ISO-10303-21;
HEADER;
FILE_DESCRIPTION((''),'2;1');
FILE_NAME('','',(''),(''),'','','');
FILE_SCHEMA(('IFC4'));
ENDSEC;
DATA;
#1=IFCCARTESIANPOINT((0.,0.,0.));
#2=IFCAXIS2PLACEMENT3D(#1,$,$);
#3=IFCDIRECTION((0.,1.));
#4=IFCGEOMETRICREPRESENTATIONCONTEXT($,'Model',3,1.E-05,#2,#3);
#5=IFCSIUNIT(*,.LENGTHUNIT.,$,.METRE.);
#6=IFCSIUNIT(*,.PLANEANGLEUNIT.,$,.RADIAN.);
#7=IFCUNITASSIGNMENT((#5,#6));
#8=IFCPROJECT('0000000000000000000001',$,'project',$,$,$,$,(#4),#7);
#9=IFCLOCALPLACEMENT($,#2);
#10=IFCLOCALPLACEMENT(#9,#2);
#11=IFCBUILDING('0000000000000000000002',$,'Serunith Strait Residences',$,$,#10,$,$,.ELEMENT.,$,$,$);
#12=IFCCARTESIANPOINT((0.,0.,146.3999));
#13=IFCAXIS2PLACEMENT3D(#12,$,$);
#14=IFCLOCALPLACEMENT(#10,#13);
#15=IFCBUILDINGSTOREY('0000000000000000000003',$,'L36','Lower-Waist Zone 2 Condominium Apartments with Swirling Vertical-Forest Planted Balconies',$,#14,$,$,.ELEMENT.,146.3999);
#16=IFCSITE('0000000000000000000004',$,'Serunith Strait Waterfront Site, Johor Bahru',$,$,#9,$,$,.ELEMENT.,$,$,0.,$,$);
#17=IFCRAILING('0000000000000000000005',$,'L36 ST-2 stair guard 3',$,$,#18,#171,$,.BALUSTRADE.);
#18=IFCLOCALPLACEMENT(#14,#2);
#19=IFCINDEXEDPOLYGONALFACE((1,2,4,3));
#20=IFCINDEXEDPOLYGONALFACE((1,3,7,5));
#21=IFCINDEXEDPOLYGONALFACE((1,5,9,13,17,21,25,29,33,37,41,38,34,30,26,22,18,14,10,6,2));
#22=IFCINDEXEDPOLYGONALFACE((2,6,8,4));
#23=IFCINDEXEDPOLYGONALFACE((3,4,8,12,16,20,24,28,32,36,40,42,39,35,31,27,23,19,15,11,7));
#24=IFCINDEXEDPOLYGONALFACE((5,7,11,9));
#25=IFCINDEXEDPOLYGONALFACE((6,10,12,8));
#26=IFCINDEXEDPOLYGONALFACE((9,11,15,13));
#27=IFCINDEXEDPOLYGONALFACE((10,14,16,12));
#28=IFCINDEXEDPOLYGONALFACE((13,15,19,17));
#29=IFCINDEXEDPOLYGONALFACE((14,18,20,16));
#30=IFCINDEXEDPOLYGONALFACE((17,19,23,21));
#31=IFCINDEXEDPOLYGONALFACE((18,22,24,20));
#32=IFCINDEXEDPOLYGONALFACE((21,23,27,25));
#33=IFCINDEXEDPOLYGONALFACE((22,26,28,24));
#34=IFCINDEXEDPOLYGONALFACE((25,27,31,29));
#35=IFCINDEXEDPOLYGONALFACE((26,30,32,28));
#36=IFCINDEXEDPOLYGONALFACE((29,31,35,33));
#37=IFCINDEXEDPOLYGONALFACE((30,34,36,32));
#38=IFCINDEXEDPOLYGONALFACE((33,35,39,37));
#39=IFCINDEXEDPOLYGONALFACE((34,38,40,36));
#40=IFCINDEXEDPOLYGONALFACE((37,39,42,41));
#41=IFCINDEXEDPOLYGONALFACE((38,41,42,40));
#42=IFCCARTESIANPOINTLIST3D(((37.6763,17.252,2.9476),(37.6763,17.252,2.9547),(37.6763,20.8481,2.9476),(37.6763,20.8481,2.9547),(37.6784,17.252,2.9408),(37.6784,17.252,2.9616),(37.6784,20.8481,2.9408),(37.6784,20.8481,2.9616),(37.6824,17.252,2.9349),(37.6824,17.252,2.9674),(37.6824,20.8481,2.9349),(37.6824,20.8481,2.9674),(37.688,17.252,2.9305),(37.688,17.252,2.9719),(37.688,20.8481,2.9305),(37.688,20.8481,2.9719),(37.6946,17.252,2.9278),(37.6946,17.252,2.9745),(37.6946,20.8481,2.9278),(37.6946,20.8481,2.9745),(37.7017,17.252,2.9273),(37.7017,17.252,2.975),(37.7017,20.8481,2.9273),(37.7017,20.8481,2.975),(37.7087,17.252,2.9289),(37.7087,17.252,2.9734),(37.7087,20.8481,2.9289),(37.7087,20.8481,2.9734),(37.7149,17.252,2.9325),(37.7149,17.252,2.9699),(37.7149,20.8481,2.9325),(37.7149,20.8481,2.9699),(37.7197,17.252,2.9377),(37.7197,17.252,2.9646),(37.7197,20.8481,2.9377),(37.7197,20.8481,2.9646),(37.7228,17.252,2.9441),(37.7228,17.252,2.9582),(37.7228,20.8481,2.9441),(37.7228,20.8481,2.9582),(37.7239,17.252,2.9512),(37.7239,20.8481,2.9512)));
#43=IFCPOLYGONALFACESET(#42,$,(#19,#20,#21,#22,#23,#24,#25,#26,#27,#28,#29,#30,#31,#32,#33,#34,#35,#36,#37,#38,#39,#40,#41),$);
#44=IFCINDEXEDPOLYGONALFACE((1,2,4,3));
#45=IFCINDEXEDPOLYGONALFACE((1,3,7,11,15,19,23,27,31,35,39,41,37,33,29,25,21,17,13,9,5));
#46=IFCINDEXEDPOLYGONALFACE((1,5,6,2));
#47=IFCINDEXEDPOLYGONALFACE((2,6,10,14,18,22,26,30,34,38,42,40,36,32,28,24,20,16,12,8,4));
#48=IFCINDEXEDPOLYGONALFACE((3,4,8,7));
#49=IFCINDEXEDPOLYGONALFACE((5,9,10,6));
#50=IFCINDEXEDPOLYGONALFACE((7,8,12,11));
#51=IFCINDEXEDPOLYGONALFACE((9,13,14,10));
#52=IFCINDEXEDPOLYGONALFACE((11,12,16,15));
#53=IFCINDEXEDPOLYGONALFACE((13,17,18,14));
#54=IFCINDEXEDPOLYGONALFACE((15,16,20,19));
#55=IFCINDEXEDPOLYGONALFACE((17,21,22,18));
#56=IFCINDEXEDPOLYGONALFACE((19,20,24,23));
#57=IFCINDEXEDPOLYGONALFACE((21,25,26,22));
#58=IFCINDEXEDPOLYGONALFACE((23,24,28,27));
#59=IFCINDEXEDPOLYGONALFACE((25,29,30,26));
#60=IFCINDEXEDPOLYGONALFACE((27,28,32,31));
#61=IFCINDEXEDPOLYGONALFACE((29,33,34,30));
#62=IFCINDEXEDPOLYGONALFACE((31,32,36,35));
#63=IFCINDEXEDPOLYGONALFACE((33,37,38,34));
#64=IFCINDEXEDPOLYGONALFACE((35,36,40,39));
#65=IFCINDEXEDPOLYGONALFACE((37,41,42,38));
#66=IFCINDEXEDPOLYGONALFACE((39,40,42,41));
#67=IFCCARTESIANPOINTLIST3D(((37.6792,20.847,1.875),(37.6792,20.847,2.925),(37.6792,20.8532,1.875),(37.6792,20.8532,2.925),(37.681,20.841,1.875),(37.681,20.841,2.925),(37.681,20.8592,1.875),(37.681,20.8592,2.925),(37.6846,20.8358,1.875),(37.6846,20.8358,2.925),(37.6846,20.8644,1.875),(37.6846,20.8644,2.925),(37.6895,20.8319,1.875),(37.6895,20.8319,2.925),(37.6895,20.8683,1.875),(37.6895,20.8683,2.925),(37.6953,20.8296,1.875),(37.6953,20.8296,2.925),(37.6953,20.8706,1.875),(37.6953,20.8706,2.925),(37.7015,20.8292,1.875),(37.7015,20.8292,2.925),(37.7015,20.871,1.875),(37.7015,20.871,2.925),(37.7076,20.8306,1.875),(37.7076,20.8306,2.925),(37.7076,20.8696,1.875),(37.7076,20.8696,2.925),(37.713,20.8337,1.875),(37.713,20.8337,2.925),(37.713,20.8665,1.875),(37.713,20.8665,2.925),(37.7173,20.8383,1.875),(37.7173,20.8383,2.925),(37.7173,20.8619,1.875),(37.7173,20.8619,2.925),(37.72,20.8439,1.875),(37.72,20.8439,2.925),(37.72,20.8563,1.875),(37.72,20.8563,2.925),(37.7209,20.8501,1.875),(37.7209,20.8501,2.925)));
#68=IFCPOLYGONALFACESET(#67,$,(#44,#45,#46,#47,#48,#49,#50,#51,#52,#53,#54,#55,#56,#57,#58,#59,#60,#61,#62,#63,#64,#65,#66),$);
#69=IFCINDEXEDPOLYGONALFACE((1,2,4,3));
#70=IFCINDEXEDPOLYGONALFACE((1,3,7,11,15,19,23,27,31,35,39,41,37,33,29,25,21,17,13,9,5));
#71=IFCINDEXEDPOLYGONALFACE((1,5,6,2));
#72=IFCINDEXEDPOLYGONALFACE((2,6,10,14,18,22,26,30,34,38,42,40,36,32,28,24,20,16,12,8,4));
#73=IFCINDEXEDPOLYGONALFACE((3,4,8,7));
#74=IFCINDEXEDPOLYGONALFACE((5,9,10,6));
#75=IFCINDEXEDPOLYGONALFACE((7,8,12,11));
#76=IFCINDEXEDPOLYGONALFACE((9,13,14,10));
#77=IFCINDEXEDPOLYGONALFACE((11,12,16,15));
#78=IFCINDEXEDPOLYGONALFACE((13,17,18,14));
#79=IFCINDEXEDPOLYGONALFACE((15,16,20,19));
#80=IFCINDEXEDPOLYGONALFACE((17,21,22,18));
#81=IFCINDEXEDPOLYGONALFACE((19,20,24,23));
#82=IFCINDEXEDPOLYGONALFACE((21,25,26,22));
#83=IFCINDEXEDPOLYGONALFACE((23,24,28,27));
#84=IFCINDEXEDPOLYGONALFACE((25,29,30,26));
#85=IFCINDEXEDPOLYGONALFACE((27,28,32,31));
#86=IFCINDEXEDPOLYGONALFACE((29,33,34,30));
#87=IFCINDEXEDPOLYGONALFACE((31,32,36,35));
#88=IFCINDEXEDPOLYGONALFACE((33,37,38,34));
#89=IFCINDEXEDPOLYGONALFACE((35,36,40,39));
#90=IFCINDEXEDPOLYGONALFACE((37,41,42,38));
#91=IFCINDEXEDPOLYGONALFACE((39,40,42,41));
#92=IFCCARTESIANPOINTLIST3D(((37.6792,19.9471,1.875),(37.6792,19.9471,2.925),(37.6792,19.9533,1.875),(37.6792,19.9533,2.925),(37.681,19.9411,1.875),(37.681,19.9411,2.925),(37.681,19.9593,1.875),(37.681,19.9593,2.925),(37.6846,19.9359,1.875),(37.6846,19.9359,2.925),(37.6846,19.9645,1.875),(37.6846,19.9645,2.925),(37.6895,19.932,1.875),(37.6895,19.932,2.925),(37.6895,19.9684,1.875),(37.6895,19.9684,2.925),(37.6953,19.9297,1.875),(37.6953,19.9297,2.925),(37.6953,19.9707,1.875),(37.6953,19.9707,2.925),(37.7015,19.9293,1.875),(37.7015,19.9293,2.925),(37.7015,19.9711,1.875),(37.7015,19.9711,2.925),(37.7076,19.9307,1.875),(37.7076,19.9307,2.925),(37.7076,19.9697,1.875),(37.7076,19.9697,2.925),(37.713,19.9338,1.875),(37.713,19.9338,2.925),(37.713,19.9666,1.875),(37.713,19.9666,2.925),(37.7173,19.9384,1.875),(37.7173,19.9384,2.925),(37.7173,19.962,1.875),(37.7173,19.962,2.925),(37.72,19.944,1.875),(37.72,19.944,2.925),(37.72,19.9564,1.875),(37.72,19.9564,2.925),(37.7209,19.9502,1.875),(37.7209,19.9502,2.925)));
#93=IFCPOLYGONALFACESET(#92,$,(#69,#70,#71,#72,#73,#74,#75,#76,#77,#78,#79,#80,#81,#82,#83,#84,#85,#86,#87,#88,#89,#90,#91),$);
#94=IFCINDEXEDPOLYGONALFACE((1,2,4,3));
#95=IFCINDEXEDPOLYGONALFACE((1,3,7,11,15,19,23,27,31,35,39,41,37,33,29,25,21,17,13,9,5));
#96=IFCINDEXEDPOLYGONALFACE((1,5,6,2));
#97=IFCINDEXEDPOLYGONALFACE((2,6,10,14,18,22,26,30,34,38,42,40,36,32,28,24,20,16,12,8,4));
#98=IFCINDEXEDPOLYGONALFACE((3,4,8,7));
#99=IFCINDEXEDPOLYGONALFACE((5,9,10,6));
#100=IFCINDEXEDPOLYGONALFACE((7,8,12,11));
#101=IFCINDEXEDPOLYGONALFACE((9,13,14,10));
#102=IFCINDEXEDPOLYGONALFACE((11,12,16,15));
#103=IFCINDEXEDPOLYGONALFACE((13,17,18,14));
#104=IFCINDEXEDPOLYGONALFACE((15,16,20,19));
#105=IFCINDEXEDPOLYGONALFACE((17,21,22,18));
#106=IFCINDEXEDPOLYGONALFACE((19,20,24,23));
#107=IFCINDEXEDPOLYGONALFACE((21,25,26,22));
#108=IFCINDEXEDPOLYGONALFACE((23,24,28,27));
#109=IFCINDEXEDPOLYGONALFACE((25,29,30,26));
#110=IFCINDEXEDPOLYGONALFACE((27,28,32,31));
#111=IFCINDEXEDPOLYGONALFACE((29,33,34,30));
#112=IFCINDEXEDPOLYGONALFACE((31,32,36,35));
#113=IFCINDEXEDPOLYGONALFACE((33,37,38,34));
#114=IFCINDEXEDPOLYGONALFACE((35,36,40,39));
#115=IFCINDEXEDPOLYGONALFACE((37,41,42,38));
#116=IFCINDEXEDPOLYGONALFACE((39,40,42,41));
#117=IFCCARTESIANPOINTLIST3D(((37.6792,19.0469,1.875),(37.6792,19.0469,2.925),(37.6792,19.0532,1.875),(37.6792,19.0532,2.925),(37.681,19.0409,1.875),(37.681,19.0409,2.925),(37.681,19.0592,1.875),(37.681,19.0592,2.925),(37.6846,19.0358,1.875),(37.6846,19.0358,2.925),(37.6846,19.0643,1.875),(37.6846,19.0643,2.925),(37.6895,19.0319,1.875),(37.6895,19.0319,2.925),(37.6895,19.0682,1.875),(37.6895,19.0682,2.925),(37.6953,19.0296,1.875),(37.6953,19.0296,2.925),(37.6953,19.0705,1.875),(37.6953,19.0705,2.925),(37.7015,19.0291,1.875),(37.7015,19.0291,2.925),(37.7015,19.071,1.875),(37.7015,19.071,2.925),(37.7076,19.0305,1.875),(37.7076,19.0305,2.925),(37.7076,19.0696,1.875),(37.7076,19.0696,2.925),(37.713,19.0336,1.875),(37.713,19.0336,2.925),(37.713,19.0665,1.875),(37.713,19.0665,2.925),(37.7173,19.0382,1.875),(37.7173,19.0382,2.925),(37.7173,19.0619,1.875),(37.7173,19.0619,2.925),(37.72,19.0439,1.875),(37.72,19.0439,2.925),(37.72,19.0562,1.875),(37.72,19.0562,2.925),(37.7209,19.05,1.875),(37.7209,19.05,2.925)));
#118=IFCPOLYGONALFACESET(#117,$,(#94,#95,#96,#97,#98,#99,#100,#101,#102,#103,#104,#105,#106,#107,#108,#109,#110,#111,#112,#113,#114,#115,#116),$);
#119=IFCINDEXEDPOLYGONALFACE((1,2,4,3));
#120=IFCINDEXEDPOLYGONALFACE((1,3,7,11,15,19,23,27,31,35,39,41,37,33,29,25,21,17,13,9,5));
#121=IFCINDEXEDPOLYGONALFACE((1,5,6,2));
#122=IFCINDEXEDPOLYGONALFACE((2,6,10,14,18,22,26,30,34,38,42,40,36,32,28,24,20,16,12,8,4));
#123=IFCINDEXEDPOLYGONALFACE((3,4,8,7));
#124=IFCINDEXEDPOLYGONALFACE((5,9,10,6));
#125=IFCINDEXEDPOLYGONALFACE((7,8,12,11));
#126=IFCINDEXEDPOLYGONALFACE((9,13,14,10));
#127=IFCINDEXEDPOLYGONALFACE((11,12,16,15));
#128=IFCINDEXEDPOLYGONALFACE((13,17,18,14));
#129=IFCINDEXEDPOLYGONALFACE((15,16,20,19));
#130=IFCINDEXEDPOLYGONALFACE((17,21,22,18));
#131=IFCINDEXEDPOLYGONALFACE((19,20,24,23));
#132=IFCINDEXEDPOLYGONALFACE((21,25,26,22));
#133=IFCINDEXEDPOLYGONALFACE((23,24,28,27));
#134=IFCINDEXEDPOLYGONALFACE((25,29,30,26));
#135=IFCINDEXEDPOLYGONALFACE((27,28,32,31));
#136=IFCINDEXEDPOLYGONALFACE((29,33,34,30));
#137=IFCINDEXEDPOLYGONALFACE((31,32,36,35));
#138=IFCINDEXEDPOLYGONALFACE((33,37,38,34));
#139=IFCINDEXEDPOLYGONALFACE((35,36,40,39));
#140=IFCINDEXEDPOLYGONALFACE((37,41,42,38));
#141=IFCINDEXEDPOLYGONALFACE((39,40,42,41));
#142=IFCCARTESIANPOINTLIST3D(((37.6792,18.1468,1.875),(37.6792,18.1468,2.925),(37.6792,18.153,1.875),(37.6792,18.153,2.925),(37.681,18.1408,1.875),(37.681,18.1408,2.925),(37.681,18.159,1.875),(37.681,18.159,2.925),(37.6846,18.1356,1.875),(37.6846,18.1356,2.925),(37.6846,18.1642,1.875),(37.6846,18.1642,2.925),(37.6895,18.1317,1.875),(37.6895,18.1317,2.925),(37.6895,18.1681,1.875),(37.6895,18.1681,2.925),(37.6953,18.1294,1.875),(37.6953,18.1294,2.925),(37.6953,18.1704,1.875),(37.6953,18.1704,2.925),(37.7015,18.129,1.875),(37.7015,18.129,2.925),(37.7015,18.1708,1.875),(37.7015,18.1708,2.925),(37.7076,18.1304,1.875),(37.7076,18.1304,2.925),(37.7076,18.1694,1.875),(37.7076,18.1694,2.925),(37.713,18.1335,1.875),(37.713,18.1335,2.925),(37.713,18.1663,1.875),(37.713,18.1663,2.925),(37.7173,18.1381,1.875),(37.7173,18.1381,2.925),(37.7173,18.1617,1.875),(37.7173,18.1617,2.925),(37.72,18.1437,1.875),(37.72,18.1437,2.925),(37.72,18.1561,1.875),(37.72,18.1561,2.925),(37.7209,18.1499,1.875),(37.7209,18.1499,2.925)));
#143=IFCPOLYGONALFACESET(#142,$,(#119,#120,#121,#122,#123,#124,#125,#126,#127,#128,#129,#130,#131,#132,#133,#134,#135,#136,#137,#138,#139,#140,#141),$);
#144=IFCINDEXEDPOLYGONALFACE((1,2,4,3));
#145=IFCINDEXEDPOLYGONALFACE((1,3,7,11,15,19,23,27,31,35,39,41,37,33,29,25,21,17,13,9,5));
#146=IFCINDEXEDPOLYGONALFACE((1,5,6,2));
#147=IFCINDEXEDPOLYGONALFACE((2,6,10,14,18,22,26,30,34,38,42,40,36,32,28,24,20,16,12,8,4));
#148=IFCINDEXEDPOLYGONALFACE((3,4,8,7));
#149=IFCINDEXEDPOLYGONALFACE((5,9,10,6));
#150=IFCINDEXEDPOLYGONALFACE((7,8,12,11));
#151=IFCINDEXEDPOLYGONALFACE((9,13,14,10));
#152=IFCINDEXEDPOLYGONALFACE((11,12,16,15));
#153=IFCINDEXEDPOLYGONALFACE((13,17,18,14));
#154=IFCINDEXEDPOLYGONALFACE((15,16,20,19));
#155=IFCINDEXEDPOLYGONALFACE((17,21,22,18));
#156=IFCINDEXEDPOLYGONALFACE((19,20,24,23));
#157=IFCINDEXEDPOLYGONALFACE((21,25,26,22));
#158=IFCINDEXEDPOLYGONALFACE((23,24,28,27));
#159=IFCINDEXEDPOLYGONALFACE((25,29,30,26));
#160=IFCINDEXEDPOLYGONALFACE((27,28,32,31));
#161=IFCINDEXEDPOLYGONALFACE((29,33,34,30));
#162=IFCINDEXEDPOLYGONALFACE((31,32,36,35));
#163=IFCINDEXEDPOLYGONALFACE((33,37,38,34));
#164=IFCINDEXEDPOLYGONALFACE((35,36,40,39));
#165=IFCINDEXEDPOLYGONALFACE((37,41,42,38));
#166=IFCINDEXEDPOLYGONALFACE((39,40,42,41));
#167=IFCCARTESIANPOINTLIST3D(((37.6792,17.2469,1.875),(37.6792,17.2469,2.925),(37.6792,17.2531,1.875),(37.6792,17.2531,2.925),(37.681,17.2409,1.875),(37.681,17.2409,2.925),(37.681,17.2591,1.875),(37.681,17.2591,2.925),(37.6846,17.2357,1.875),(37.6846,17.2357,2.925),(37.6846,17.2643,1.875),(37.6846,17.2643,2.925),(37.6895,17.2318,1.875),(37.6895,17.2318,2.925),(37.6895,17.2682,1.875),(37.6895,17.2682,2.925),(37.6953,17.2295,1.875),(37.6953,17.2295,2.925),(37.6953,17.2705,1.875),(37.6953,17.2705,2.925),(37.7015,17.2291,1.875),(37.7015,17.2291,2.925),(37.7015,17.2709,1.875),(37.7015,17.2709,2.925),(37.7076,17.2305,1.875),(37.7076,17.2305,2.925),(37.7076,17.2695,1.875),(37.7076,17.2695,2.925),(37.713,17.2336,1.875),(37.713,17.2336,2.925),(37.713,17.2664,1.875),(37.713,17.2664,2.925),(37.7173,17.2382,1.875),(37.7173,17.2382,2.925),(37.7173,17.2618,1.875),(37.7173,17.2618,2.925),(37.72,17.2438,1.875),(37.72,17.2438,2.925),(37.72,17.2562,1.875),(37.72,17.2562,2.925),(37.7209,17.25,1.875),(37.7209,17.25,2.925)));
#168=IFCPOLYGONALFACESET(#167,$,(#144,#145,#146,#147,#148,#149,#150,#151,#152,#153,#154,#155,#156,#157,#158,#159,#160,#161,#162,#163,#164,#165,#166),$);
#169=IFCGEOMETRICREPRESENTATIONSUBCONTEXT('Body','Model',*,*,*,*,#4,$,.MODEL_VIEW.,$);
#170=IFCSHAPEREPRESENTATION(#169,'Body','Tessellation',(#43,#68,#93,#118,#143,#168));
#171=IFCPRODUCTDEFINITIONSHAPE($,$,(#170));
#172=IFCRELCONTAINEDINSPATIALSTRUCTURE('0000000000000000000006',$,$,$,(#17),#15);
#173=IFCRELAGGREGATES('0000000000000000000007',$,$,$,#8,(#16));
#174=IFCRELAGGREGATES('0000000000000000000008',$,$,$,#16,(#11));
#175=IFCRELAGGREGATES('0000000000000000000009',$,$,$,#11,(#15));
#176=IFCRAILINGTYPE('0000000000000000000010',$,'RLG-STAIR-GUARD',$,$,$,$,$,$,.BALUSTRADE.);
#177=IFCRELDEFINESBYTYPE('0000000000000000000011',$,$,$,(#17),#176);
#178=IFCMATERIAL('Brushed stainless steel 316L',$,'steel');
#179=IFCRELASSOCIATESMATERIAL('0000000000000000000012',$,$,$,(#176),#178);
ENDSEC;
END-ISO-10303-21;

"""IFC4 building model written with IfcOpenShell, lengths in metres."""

from ifc_helpers import new_model, si_unit, direction, frame, origin, origin_2d, place, context, subcontext, project, spatial, circle, extrude, material, type_object, element, save


model = new_model("IFC4")

# Units and contexts
model_context = context("Model", 3, precision=1e-05, world=origin(), true_north=direction((0.0, 1.0)))
body_context = subcontext(model_context, "Body", "Model", "MODEL_VIEW")
ifc_project = project(units=[si_unit("LENGTHUNIT", "METRE"), si_unit("PLANEANGLEUNIT", "RADIAN")], contexts=[model_context])

# Site, building, storey
site_placement = place(None, origin())
site = spatial("IfcSite", under=ifc_project, at=site_placement, Name="Serunith Strait Waterfront Site, Johor Bahru", CompositionType="ELEMENT", RefElevation=0.0)
building_placement = place(site_placement, origin())
building = spatial("IfcBuilding", under=site, at=building_placement, Name="Serunith Strait Residences", CompositionType="ELEMENT")
storey_placement = place(building_placement, frame((0.0, 0.0, 146.3999)))
storey = spatial("IfcBuildingStorey", under=building, at=storey_placement, Name="L36", Description="Lower-Waist Zone 2 Condominium Apartments with Swirling Vertical-Forest Planted Balconies", CompositionType="ELEMENT", Elevation=146.3999)

# Railing
ifc_material_1 = material(Name="Brushed stainless steel 316L", Category="steel")
railing_type_1 = type_object("IfcRailingType", Name="RLG-STAIR-GUARD", PredefinedType="BALUSTRADE", material=ifc_material_1)
for number, where, name in (
    (1, (37.7, 20.8501, 1.875), "L36 ST-2 stair guard 3"),
):
    element("IfcRailing", number, at=place(storey_placement, frame(where)), inside=storey, type_object=railing_type_1, Name=name, PredefinedType="BALUSTRADE", context=body_context, shape_type="SweptSolid", body=[
        extrude(circle(Radius=0.0239, at=origin_2d()), frame((0.0, -0.002, 1.0762), z_axis=(0.0, -1.0, 0.0), x_axis=(1.0, 0.0, 0.0)), (0.0, 0.0, 1.0), 3.5962),
        extrude(circle(Radius=0.021, at=origin_2d()), origin(), (0.0, 0.0, 1.0), 1.05),
        extrude(circle(Radius=0.021, at=origin_2d()), frame((0.0, -0.8999, 0.0)), (0.0, 0.0, 1.0), 1.05),
        extrude(circle(Radius=0.021, at=origin_2d()), frame((0.0, -1.8, 0.0)), (0.0, 0.0, 1.0), 1.05),
        extrude(circle(Radius=0.021, at=origin_2d()), frame((0.0, -2.7002, 0.0)), (0.0, 0.0, 1.0), 1.05),
        extrude(circle(Radius=0.021, at=origin_2d()), frame((0.0, -3.6001, 0.0)), (0.0, 0.0, 1.0), 1.05),
    ])

save(model, "model.ifc")
